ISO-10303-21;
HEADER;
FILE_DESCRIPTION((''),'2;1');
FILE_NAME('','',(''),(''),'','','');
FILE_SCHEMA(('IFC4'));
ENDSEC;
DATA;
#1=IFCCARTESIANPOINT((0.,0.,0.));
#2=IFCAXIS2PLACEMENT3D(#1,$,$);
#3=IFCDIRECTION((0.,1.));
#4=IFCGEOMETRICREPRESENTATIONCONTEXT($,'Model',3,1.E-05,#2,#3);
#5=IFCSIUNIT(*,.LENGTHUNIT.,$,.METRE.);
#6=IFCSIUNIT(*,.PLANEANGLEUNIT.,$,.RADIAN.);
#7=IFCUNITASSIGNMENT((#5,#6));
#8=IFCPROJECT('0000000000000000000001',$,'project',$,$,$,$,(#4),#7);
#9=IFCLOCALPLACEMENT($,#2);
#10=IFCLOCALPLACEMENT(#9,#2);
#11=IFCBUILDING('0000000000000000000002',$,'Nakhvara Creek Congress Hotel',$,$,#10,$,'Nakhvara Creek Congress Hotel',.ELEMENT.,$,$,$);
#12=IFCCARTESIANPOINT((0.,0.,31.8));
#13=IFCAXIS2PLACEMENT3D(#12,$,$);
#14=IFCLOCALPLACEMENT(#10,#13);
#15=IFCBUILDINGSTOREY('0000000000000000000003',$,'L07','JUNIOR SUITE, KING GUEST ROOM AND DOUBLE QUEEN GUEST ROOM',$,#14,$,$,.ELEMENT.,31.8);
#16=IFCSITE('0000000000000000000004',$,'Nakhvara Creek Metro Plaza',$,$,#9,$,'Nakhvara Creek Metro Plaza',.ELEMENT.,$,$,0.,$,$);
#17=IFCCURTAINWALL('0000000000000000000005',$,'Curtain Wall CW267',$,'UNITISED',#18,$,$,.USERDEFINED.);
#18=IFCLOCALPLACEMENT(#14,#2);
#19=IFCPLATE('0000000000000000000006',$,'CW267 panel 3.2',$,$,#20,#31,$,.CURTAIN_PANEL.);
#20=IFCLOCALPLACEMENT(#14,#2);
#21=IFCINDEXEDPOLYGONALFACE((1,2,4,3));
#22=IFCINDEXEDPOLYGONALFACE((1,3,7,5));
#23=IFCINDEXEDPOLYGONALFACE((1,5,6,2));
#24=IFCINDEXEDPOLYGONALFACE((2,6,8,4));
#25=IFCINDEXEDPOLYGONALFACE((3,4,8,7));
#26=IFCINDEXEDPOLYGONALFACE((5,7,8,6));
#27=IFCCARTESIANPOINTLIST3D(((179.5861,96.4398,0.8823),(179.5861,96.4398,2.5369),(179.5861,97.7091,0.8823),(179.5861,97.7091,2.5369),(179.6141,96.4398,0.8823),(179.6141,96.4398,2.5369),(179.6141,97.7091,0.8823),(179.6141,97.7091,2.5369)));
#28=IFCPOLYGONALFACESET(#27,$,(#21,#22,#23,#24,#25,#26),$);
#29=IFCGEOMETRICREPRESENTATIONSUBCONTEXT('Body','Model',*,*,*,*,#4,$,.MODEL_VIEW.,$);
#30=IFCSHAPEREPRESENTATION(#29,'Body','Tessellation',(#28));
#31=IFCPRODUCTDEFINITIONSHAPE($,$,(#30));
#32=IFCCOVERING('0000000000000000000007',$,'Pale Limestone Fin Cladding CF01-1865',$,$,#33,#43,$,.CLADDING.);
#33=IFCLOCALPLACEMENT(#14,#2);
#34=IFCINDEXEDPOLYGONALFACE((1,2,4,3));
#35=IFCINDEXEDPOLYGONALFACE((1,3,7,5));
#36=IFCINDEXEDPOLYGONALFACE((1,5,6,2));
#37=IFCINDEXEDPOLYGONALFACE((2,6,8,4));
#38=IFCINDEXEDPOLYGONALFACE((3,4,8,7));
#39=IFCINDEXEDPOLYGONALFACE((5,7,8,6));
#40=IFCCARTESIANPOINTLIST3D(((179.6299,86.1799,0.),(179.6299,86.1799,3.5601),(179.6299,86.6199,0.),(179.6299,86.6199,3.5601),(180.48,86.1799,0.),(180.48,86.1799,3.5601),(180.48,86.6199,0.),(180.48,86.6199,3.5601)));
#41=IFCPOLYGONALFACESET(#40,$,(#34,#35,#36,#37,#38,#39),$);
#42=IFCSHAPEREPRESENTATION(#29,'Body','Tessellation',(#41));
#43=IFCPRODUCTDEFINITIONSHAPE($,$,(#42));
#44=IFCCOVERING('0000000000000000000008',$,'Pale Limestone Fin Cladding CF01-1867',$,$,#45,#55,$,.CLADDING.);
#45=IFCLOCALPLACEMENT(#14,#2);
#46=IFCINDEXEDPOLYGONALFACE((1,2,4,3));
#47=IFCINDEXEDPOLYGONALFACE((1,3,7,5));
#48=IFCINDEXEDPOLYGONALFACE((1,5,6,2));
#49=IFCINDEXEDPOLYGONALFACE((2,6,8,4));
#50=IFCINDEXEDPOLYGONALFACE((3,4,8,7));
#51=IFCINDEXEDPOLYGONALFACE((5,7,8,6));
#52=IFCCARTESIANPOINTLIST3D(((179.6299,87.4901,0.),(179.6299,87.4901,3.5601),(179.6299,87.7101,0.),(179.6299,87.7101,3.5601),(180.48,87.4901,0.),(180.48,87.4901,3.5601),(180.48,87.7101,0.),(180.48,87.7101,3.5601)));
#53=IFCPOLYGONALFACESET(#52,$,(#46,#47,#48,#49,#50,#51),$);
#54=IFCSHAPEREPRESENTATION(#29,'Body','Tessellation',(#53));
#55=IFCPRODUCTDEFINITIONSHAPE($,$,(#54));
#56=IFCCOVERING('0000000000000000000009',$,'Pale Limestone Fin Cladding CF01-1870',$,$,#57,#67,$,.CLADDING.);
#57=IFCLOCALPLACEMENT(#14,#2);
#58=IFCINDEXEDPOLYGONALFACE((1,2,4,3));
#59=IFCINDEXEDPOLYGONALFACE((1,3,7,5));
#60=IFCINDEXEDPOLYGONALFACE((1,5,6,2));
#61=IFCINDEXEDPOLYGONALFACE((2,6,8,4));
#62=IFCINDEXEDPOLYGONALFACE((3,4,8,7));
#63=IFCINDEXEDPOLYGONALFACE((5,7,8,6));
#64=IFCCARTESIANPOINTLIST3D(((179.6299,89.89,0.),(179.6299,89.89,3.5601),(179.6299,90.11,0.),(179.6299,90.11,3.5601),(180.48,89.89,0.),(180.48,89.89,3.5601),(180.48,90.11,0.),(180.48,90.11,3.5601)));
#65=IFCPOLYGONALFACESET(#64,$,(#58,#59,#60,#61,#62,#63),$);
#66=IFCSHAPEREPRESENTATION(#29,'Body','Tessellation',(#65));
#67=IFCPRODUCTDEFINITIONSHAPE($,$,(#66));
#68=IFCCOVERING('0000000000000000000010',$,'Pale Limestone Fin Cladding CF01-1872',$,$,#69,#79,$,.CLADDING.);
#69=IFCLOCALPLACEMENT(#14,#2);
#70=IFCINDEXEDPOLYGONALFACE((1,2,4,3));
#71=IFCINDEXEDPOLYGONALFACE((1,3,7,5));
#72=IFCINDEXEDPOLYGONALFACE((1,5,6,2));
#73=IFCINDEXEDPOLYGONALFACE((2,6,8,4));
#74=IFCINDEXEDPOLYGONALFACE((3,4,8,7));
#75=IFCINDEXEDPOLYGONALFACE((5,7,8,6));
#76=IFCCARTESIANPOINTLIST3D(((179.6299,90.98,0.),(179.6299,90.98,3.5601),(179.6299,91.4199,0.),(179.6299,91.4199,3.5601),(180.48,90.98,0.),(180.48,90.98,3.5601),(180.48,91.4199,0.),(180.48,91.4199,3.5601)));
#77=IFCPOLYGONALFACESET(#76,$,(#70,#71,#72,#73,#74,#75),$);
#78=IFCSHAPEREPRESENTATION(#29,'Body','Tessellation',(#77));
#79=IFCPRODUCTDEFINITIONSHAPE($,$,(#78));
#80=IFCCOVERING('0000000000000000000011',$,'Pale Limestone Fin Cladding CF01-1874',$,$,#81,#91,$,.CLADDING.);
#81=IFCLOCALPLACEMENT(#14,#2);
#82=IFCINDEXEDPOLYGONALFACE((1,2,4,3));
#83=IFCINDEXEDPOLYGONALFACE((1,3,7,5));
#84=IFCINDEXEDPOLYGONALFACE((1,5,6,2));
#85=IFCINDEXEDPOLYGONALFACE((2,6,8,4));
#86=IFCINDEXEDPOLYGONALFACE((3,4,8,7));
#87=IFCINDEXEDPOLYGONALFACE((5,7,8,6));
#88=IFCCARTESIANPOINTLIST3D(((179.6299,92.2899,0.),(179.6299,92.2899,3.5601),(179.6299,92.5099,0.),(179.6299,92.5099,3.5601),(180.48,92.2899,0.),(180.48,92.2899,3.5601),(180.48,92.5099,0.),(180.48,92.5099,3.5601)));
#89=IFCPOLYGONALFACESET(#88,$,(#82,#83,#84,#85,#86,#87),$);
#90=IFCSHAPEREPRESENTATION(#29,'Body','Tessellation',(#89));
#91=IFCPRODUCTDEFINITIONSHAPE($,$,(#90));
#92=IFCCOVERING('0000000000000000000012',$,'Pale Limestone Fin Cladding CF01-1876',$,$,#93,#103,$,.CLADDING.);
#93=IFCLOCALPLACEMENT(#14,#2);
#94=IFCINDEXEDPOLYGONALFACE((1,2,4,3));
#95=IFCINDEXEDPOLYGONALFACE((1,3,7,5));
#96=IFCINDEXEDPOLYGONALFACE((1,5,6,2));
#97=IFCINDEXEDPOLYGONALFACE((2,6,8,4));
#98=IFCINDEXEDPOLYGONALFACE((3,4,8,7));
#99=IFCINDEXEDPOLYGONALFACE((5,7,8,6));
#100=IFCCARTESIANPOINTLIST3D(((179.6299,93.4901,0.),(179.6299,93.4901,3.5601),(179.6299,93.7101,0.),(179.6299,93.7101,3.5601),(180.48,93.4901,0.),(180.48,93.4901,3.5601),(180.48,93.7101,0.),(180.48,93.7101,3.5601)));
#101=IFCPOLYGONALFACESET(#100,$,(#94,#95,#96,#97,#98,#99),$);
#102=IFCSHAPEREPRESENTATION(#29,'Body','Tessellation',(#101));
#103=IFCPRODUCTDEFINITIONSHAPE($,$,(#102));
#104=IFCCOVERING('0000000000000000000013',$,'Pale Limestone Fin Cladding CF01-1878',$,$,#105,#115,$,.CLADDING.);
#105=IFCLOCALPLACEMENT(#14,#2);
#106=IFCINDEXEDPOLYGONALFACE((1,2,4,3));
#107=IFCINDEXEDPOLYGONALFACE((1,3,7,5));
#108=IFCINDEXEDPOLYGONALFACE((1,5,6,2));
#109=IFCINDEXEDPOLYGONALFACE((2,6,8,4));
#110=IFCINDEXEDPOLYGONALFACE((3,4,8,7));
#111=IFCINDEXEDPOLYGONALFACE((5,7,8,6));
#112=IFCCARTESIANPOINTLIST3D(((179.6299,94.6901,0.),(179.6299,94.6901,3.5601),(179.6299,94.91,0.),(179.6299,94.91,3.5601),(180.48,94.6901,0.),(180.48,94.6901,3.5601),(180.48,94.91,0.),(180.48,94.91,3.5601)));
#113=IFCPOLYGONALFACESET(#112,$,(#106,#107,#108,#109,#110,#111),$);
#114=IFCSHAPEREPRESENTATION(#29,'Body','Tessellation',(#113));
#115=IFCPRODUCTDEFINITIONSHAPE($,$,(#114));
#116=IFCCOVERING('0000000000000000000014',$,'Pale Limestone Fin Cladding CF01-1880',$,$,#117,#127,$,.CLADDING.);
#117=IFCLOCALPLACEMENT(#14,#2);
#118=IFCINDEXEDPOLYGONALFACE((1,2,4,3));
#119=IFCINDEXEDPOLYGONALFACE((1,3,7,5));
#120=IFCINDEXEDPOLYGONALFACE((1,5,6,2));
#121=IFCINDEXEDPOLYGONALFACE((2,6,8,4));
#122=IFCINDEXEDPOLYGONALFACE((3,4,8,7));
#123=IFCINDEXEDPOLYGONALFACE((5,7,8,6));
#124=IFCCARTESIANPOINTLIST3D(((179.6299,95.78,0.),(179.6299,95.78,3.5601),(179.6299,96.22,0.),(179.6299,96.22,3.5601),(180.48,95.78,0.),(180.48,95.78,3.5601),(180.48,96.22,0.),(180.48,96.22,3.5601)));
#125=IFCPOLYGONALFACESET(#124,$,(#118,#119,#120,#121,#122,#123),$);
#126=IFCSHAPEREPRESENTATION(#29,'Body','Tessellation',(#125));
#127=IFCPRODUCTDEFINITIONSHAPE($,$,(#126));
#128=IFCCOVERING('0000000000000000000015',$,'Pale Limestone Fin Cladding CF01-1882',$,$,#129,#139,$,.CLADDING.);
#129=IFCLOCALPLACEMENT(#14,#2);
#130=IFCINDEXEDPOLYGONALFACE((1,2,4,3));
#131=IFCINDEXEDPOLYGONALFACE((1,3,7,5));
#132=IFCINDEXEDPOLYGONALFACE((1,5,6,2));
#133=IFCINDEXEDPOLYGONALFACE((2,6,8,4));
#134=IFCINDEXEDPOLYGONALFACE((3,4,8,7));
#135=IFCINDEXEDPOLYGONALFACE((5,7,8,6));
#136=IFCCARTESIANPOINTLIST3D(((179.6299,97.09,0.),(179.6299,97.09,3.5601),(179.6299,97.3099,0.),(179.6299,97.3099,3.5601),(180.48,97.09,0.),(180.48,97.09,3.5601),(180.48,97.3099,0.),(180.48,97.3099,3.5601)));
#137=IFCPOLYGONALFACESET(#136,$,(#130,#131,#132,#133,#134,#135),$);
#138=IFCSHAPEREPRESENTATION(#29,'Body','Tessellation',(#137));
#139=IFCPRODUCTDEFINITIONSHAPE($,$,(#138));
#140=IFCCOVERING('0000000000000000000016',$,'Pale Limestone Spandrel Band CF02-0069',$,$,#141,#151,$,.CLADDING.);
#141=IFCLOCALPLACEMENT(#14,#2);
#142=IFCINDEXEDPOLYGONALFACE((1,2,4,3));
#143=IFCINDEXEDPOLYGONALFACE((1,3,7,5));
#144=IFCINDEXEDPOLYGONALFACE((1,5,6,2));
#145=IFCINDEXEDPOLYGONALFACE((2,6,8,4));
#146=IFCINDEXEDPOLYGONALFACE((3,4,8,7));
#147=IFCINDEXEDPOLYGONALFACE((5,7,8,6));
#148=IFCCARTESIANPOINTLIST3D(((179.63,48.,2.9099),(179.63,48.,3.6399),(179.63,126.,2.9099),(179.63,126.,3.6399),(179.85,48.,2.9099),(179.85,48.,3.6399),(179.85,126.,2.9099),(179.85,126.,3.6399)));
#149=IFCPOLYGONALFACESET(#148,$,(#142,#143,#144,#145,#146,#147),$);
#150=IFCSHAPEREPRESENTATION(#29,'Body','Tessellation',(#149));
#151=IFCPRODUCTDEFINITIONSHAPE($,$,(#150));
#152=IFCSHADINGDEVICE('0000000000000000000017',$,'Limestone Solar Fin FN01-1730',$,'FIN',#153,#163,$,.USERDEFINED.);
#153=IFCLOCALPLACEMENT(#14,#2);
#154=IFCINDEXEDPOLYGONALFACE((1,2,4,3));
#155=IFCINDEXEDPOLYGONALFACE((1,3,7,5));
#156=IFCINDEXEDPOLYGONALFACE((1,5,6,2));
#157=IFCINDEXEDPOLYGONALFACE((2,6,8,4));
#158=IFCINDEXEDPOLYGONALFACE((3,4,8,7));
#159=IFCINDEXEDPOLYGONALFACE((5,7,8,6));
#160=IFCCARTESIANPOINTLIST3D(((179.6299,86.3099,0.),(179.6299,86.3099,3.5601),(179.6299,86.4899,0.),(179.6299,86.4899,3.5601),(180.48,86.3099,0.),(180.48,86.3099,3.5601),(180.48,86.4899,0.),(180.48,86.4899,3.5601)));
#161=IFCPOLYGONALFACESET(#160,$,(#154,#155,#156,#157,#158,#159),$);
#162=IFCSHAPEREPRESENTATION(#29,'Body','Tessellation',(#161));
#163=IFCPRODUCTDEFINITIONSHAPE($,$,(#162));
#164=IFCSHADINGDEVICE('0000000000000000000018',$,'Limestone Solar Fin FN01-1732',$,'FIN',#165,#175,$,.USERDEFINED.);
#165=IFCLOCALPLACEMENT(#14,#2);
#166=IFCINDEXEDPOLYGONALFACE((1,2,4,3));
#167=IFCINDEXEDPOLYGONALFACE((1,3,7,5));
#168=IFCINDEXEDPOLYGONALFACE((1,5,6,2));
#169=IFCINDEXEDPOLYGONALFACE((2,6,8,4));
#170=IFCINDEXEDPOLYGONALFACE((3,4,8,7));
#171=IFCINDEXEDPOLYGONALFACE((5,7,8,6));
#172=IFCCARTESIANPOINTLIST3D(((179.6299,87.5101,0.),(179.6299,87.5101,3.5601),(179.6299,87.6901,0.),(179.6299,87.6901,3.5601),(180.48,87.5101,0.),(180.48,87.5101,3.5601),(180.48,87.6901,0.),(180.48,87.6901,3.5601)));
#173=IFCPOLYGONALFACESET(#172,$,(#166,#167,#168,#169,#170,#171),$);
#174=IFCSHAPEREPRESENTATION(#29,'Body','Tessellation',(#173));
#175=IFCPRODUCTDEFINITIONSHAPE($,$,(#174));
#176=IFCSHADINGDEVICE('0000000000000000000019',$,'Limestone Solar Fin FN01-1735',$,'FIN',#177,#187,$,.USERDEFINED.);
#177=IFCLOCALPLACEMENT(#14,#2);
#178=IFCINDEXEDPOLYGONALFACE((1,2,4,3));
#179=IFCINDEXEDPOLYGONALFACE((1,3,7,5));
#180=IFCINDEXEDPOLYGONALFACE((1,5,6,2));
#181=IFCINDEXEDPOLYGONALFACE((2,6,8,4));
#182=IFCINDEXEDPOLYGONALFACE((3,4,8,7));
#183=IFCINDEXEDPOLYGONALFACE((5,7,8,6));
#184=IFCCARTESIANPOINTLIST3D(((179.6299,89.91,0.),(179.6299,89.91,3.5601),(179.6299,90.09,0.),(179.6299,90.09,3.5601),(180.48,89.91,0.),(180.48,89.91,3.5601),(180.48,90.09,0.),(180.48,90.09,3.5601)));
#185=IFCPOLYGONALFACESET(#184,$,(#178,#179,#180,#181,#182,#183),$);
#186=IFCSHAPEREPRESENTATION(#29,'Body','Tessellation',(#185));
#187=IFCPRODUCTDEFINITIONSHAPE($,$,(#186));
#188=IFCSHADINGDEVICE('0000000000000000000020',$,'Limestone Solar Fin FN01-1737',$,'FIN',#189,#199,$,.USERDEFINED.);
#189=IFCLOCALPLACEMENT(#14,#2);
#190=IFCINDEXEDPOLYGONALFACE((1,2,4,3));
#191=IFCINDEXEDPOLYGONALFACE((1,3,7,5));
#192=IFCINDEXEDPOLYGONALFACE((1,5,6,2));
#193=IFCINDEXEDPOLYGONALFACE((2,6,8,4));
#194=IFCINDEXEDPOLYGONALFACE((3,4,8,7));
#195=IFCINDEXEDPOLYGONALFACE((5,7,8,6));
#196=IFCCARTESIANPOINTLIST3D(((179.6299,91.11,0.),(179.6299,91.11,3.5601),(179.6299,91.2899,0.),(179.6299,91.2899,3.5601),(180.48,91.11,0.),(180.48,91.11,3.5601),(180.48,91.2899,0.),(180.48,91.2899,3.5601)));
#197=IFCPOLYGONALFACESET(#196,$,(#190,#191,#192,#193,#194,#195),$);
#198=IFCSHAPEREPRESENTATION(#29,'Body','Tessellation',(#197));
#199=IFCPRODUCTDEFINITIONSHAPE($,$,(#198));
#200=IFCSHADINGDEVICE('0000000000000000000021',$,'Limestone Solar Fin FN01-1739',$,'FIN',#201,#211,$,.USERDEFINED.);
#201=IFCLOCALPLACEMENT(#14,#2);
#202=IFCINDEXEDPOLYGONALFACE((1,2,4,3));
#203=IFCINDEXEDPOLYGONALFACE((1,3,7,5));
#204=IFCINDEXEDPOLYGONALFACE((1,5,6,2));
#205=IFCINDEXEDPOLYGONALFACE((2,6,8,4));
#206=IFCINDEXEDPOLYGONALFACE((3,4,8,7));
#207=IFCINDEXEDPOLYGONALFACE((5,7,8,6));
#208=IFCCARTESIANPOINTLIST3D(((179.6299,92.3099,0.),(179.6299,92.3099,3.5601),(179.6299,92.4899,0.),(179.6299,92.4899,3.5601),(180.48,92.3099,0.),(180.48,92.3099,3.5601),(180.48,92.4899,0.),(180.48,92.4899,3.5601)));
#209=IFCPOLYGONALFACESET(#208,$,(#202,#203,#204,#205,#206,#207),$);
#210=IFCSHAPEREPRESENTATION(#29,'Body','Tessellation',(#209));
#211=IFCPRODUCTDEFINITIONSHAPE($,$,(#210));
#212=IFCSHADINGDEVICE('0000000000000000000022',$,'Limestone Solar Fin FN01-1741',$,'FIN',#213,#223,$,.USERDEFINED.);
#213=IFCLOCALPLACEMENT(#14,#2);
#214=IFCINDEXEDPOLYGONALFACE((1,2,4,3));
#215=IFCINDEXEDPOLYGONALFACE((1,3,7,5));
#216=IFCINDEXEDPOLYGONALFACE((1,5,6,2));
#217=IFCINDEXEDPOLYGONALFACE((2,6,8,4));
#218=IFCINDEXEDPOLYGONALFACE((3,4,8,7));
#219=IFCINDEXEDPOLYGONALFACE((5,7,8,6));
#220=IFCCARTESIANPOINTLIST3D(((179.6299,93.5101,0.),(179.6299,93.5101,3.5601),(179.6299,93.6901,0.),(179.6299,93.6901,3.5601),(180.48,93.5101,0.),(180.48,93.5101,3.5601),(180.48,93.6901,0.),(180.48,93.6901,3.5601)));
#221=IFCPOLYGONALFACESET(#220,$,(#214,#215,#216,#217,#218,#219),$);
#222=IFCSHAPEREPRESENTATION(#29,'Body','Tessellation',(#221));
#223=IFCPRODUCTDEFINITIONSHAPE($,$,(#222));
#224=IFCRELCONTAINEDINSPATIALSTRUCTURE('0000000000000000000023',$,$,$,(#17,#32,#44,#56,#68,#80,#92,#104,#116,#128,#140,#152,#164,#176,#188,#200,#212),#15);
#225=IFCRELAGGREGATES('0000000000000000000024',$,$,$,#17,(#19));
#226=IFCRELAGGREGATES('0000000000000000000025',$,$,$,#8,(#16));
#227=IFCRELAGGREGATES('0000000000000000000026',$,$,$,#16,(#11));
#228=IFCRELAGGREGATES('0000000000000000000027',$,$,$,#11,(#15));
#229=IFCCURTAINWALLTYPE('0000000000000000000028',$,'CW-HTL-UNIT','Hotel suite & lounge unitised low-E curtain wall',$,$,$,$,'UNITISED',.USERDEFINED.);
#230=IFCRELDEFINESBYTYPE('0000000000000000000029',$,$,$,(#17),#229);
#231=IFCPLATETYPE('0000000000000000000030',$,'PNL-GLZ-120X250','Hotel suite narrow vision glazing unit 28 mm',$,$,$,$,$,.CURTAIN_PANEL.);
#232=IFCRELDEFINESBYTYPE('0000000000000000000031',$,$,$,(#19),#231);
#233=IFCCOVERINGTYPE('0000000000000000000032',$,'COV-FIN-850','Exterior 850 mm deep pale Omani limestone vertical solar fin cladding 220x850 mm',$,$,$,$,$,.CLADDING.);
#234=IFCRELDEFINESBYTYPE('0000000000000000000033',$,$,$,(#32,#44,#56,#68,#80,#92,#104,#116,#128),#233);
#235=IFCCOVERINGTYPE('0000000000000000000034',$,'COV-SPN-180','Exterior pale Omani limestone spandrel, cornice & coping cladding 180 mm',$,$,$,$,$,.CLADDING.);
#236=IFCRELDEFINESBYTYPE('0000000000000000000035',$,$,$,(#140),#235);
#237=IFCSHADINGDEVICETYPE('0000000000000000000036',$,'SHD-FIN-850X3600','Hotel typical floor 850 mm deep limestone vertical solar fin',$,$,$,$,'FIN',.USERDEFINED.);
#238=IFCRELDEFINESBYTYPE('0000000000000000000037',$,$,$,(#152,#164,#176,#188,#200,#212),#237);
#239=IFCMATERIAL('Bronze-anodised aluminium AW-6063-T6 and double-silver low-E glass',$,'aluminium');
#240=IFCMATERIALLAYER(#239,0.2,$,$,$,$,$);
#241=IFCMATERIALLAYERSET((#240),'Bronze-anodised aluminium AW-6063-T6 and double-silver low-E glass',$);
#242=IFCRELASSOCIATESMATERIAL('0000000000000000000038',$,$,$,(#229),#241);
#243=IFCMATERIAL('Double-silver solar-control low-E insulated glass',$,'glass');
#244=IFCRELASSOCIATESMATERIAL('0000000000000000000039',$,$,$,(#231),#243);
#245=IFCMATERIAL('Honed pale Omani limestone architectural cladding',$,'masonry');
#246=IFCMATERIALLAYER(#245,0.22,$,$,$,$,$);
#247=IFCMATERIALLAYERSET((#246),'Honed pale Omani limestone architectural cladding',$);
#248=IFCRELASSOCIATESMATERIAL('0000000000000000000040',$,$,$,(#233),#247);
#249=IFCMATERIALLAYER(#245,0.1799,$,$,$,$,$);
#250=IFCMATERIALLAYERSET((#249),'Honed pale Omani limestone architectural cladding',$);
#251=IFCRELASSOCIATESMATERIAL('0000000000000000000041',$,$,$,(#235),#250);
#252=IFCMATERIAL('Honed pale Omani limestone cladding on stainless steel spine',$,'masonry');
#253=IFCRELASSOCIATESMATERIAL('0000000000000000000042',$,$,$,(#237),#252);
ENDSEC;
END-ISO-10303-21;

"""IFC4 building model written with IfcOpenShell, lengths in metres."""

from ifc_helpers import new_model, si_unit, direction, frame, origin, origin_2d, place, context, subcontext, project, spatial, rectangle, extrude, material, layer, layer_set, type_object, element, aggregate, save


model = new_model("IFC4")

# Units and contexts
model_context = context("Model", 3, precision=1e-05, world=origin(), true_north=direction((0.0, 1.0)))
body_context = subcontext(model_context, "Body", "Model", "MODEL_VIEW")
ifc_project = project(units=[si_unit("LENGTHUNIT", "METRE"), si_unit("PLANEANGLEUNIT", "RADIAN")], contexts=[model_context])

# Site, building, storey
site_placement = place(None, origin())
site = spatial("IfcSite", under=ifc_project, at=site_placement, Name="Nakhvara Creek Metro Plaza", LongName="Nakhvara Creek Metro Plaza", CompositionType="ELEMENT", RefElevation=0.0)
building_placement = place(site_placement, origin())
building = spatial("IfcBuilding", under=site, at=building_placement, Name="Nakhvara Creek Congress Hotel", LongName="Nakhvara Creek Congress Hotel", CompositionType="ELEMENT")
storey_placement = place(building_placement, frame((0.0, 0.0, 31.8)))
storey = spatial("IfcBuildingStorey", under=building, at=storey_placement, Name="L07", Description="JUNIOR SUITE, KING GUEST ROOM AND DOUBLE QUEEN GUEST ROOM", CompositionType="ELEMENT", Elevation=31.8)

# Shared definitions
ifc_material_1 = material(Name="Bronze-anodised aluminium AW-6063-T6 and double-silver low-E glass", Category="aluminium")
ifc_layer_1 = layer(ifc_material_1, 0.2)
ifc_layer_set_1 = layer_set([ifc_layer_1], Name="Bronze-anodised aluminium AW-6063-T6 and double-silver low-E glass")
curtain_wall_type = type_object("IfcCurtainWallType", Name="CW-HTL-UNIT", Description="Hotel suite & lounge unitised low-E curtain wall", ElementType="UNITISED", PredefinedType="USERDEFINED", material=ifc_layer_set_1)

# Curtain wall
curtain_wall_1_placement = place(storey_placement, origin())
curtain_wall_1 = element("IfcCurtainWall", 1, at=curtain_wall_1_placement, inside=storey, type_object=curtain_wall_type, Name="Curtain Wall CW267", ObjectType="UNITISED", PredefinedType="USERDEFINED")

# Plate
ifc_material_2 = material(Name="Double-silver solar-control low-E insulated glass", Category="glass")
plate_type = type_object("IfcPlateType", Name="PNL-GLZ-120X250", Description="Hotel suite narrow vision glazing unit 28 mm", PredefinedType="CURTAIN_PANEL", material=ifc_material_2)
plate_1_placement = place(storey_placement, frame((179.6001, 97.0745, 0.8823), z_axis=(0.0, 0.0, 1.0), x_axis=(0.0, -1.0, 0.0)))
plate_1 = element("IfcPlate", 2, at=plate_1_placement, type_object=plate_type, Name="CW267 panel 3.2", PredefinedType="CURTAIN_PANEL", context=body_context, shape_type="SweptSolid", body=[
    extrude(rectangle(XDim=1.2693, YDim=0.0281, at=origin_2d()), origin(), (0.0, 0.0, 1.0), 1.6545),
])
aggregate(curtain_wall_1, [plate_1])

# Coverings
ifc_material_3 = material(Name="Honed pale Omani limestone architectural cladding", Category="masonry")
ifc_layer_2 = layer(ifc_material_3, 0.22)
ifc_layer_set_2 = layer_set([ifc_layer_2], Name="Honed pale Omani limestone architectural cladding")
covering_type_1 = type_object("IfcCoveringType", Name="COV-FIN-850", Description="Exterior 850 mm deep pale Omani limestone vertical solar fin cladding 220x850 mm", PredefinedType="CLADDING", material=ifc_layer_set_2)
covering_1_placement = place(storey_placement, frame((180.0549, 86.3999, 0.0), z_axis=(0.0, 0.0, 1.0), x_axis=(0.0, 1.0, 0.0)))
element("IfcCovering", 3, at=covering_1_placement, inside=storey, type_object=covering_type_1, Name="Pale Limestone Fin Cladding CF01-1865", PredefinedType="CLADDING", context=body_context, shape_type="SweptSolid", body=[
    extrude(rectangle(XDim=0.4399, YDim=0.8501, at=origin_2d()), origin(), (0.0, 0.0, 1.0), 3.5601),
])
for number, where, z_axis, x_axis, name in (
    (4, (180.0549, 87.6001, 0.0), (0.0, 0.0, 1.0), (0.0, 1.0, 0.0), "Pale Limestone Fin Cladding CF01-1867"),
    (5, (180.0549, 90.0, 0.0), (0.0, 0.0, 1.0), (0.0, 1.0, 0.0), "Pale Limestone Fin Cladding CF01-1870"),
):
    element("IfcCovering", number, at=place(storey_placement, frame(where, z_axis=z_axis, x_axis=x_axis)), inside=storey, type_object=covering_type_1, Name=name, PredefinedType="CLADDING", context=body_context, shape_type="SweptSolid", body=[
        extrude(rectangle(XDim=0.22, YDim=0.8501, at=origin_2d()), origin(), (0.0, 0.0, 1.0), 3.5601),
    ])
covering_2_placement = place(storey_placement, frame((180.0549, 91.2, 0.0), z_axis=(0.0, 0.0, 1.0), x_axis=(0.0, 1.0, 0.0)))
element("IfcCovering", 6, at=covering_2_placement, inside=storey, type_object=covering_type_1, Name="Pale Limestone Fin Cladding CF01-1872", PredefinedType="CLADDING", context=body_context, shape_type="SweptSolid", body=[
    extrude(rectangle(XDim=0.4399, YDim=0.8501, at=origin_2d()), origin(), (0.0, 0.0, 1.0), 3.5601),
])
for number, where, z_axis, x_axis, name in (
    (7, (180.0549, 92.3999, 0.0), (0.0, 0.0, 1.0), (0.0, 1.0, 0.0), "Pale Limestone Fin Cladding CF01-1874"),
    (8, (180.0549, 93.6001, 0.0), (0.0, 0.0, 1.0), (0.0, 1.0, 0.0), "Pale Limestone Fin Cladding CF01-1876"),
    (9, (180.0549, 94.8, 0.0), (0.0, 0.0, 1.0), (0.0, 1.0, 0.0), "Pale Limestone Fin Cladding CF01-1878"),
):
    element("IfcCovering", number, at=place(storey_placement, frame(where, z_axis=z_axis, x_axis=x_axis)), inside=storey, type_object=covering_type_1, Name=name, PredefinedType="CLADDING", context=body_context, shape_type="SweptSolid", body=[
        extrude(rectangle(XDim=0.22, YDim=0.8501, at=origin_2d()), origin(), (0.0, 0.0, 1.0), 3.5601),
    ])
covering_3_placement = place(storey_placement, frame((180.0549, 96.0, 0.0), z_axis=(0.0, 0.0, 1.0), x_axis=(0.0, 1.0, 0.0)))
element("IfcCovering", 10, at=covering_3_placement, inside=storey, type_object=covering_type_1, Name="Pale Limestone Fin Cladding CF01-1880", PredefinedType="CLADDING", context=body_context, shape_type="SweptSolid", body=[
    extrude(rectangle(XDim=0.4399, YDim=0.8501, at=origin_2d()), origin(), (0.0, 0.0, 1.0), 3.5601),
])
covering_4_placement = place(storey_placement, frame((180.0549, 97.2, 0.0), z_axis=(0.0, 0.0, 1.0), x_axis=(0.0, 1.0, 0.0)))
element("IfcCovering", 11, at=covering_4_placement, inside=storey, type_object=covering_type_1, Name="Pale Limestone Fin Cladding CF01-1882", PredefinedType="CLADDING", context=body_context, shape_type="SweptSolid", body=[
    extrude(rectangle(XDim=0.22, YDim=0.8501, at=origin_2d()), origin(), (0.0, 0.0, 1.0), 3.5601),
])
ifc_layer_3 = layer(ifc_material_3, 0.1799)
ifc_layer_set_3 = layer_set([ifc_layer_3], Name="Honed pale Omani limestone architectural cladding")
covering_type_2 = type_object("IfcCoveringType", Name="COV-SPN-180", Description="Exterior pale Omani limestone spandrel, cornice & coping cladding 180 mm", PredefinedType="CLADDING", material=ifc_layer_set_3)
covering_5_placement = place(storey_placement, frame((179.74, 87.0, 2.9099), z_axis=(0.0, 0.0, 1.0), x_axis=(0.0, 1.0, 0.0)))
element("IfcCovering", 12, at=covering_5_placement, inside=storey, type_object=covering_type_2, Name="Pale Limestone Spandrel Band CF02-0069", PredefinedType="CLADDING", context=body_context, shape_type="SweptSolid", body=[
    extrude(rectangle(XDim=78.0, YDim=0.22, at=origin_2d()), origin(), (0.0, 0.0, 1.0), 0.73),
])

# Shading devices
ifc_material_4 = material(Name="Honed pale Omani limestone cladding on stainless steel spine", Category="masonry")
shading_device_type = type_object("IfcShadingDeviceType", Name="SHD-FIN-850X3600", Description="Hotel typical floor 850 mm deep limestone vertical solar fin", ElementType="FIN", PredefinedType="USERDEFINED", material=ifc_material_4)
for number, where, z_axis, x_axis, name in (
    (13, (180.0549, 86.3999, 0.0), (0.0, 0.0, 1.0), (0.0, 1.0, 0.0), "Limestone Solar Fin FN01-1730"),
    (14, (180.0549, 87.6001, 0.0), (0.0, 0.0, 1.0), (0.0, 1.0, 0.0), "Limestone Solar Fin FN01-1732"),
    (15, (180.0549, 90.0, 0.0), (0.0, 0.0, 1.0), (0.0, 1.0, 0.0), "Limestone Solar Fin FN01-1735"),
    (16, (180.0549, 91.2, 0.0), (0.0, 0.0, 1.0), (0.0, 1.0, 0.0), "Limestone Solar Fin FN01-1737"),
    (17, (180.0549, 92.3999, 0.0), (0.0, 0.0, 1.0), (0.0, 1.0, 0.0), "Limestone Solar Fin FN01-1739"),
    (18, (180.0549, 93.6001, 0.0), (0.0, 0.0, 1.0), (0.0, 1.0, 0.0), "Limestone Solar Fin FN01-1741"),
):
    element("IfcShadingDevice", number, at=place(storey_placement, frame(where, z_axis=z_axis, x_axis=x_axis)), inside=storey, type_object=shading_device_type, Name=name, ObjectType="FIN", PredefinedType="USERDEFINED", context=body_context, shape_type="SweptSolid", body=[
        extrude(rectangle(XDim=0.1799, YDim=0.8501, at=origin_2d()), origin(), (0.0, 0.0, 1.0), 3.5601),
    ])

save(model, "model.ifc")
